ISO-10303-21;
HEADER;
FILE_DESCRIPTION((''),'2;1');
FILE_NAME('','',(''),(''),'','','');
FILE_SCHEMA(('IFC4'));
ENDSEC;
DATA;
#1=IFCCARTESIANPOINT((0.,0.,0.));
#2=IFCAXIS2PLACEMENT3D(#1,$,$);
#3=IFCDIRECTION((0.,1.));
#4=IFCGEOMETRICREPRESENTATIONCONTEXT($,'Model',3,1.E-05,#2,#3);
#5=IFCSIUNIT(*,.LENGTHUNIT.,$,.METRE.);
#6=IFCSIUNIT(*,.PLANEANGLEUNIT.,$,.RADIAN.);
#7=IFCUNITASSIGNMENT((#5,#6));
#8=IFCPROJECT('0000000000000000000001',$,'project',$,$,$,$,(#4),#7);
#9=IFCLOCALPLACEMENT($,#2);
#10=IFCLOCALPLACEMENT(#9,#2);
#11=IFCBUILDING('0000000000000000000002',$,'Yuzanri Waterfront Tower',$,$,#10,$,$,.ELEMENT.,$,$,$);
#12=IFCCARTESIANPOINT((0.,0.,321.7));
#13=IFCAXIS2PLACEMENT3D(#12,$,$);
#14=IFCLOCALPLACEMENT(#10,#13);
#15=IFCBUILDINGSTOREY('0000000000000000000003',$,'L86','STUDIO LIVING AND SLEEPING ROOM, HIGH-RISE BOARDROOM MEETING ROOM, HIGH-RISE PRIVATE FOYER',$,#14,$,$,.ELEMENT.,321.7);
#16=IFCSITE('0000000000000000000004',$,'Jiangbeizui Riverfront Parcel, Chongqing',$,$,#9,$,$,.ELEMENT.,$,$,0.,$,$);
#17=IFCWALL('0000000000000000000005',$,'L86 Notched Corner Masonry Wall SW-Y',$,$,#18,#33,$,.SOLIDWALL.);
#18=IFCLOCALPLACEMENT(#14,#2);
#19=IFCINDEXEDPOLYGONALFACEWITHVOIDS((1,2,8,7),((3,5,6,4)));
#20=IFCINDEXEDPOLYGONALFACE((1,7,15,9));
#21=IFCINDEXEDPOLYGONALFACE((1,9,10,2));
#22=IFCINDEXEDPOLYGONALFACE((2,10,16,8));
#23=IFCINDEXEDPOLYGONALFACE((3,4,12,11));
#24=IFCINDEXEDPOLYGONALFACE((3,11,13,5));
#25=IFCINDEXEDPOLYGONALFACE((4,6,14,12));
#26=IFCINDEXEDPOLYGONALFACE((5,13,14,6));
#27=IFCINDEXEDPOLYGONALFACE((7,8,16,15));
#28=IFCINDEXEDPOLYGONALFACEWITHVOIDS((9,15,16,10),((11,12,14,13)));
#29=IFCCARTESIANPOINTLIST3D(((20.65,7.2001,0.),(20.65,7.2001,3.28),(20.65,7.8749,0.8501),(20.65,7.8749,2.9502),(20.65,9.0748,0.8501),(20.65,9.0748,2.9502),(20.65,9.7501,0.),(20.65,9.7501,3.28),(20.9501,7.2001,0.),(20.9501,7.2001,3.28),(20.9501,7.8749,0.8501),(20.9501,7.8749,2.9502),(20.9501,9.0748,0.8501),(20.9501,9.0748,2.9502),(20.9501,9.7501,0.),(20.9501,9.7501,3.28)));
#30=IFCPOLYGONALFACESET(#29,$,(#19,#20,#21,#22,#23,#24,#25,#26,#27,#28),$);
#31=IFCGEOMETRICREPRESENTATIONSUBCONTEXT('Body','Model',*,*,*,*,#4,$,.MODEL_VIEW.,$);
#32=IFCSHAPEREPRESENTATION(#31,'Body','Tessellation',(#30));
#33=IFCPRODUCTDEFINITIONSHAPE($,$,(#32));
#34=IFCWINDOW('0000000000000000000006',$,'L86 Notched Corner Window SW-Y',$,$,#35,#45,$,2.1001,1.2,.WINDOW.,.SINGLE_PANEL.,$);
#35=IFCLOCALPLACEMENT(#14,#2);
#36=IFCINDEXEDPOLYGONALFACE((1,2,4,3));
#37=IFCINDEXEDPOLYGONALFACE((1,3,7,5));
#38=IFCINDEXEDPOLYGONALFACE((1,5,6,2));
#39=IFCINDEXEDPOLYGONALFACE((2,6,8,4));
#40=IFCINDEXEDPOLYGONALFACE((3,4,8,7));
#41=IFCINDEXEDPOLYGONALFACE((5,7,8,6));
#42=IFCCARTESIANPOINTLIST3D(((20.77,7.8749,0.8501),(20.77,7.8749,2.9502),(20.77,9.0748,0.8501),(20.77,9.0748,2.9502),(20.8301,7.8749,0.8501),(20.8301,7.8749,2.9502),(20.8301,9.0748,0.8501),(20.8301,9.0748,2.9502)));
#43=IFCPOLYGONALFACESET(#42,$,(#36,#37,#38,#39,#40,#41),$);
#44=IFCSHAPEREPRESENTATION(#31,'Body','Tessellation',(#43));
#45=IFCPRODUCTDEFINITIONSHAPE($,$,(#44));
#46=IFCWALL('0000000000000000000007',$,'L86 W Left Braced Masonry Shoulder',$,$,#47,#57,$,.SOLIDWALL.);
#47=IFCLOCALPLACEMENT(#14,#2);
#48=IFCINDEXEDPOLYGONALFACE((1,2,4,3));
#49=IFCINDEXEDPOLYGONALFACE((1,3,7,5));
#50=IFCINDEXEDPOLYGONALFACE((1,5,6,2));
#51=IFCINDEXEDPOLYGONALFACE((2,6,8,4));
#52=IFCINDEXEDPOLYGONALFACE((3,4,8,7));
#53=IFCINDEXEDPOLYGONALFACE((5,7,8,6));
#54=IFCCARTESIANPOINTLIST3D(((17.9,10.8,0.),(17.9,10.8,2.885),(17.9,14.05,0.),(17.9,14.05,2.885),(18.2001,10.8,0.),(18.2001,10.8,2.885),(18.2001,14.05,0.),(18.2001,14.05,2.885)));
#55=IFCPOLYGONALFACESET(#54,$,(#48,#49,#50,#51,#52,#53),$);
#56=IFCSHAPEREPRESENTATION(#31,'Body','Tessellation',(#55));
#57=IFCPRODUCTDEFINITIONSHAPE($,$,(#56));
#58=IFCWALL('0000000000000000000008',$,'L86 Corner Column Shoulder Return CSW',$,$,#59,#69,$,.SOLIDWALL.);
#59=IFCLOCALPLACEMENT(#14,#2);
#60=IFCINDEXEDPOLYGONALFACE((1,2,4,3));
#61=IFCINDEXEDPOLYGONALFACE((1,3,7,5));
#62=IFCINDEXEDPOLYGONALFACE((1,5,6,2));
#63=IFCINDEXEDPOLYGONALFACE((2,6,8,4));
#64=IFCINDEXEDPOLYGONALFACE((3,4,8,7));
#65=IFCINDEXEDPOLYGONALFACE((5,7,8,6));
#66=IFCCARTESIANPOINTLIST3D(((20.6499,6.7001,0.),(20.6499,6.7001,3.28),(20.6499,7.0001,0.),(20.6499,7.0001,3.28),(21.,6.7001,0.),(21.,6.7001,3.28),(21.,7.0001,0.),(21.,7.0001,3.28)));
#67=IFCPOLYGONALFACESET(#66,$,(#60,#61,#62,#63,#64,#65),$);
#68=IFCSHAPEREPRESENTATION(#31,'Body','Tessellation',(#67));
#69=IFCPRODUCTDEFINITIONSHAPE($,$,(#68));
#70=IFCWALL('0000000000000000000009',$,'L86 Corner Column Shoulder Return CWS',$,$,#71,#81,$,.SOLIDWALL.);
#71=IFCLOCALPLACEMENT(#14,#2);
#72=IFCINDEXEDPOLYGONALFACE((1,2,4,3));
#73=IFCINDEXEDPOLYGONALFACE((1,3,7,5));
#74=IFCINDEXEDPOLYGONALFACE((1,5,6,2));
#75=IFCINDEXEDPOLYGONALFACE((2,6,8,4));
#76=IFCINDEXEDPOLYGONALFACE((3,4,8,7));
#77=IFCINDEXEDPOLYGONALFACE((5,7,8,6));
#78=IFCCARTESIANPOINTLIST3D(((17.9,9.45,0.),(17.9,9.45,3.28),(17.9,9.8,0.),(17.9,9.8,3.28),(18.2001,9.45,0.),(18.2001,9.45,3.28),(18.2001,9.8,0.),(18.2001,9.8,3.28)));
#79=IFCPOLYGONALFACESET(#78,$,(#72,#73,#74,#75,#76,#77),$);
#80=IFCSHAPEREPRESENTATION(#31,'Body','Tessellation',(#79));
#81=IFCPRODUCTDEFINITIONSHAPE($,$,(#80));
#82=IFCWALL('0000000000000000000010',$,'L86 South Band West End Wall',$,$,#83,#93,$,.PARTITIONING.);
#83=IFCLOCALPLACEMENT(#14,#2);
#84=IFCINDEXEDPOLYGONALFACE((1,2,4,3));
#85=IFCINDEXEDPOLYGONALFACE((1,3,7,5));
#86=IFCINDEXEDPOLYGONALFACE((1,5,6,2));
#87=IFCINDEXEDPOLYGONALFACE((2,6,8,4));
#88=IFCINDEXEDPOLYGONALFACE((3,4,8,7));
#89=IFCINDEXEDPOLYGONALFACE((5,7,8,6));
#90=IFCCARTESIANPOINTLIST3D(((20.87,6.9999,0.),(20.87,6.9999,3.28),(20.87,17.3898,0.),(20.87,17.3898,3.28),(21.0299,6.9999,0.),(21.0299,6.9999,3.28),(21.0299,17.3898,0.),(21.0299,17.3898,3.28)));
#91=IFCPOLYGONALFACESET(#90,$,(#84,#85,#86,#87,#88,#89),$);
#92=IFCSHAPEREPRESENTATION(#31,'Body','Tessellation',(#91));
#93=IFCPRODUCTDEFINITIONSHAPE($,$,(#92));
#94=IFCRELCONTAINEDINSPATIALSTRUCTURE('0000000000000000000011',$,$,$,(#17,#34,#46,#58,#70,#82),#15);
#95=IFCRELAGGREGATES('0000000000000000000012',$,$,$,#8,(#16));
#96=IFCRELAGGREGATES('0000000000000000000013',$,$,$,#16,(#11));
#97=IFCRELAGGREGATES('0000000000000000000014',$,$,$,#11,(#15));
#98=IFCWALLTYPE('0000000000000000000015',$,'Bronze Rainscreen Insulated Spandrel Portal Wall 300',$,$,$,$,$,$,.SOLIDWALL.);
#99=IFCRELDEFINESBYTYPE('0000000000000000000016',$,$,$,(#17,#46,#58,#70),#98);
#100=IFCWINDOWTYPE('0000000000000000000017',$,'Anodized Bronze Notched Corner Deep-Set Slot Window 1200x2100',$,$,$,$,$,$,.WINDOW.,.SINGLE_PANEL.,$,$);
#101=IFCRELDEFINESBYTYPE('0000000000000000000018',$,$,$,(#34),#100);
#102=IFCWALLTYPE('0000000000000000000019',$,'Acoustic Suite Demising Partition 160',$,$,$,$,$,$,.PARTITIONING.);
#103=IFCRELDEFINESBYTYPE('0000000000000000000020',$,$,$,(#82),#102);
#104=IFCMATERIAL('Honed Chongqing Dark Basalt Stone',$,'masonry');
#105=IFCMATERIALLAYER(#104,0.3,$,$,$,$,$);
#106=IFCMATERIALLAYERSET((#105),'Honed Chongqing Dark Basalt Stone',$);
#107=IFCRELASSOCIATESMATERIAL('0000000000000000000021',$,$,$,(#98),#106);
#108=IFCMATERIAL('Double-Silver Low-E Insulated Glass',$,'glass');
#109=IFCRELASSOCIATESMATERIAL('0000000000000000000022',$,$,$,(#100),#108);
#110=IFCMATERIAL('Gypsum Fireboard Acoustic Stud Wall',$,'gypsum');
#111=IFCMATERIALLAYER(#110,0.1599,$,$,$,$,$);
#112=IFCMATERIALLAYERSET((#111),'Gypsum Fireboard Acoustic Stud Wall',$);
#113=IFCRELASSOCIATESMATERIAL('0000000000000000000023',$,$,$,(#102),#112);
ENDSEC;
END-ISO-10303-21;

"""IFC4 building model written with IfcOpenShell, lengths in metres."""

from ifc_helpers import new_model, si_unit, direction, frame, frame_2d, origin, place, context, subcontext, project, spatial, rectangle, extrude, source, transform, mapped, material, layer, layer_set, type_object, element, fill, save


model = new_model("IFC4")

# Units and contexts
model_context = context("Model", 3, precision=1e-05, world=origin(), true_north=direction((0.0, 1.0)))
body_context = subcontext(model_context, "Body", "Model", "MODEL_VIEW")
ifc_project = project(units=[si_unit("LENGTHUNIT", "METRE"), si_unit("PLANEANGLEUNIT", "RADIAN")], contexts=[model_context])

# Site, building, storey
site_placement = place(None, origin())
site = spatial("IfcSite", under=ifc_project, at=site_placement, Name="Jiangbeizui Riverfront Parcel, Chongqing", CompositionType="ELEMENT", RefElevation=0.0)
building_placement = place(site_placement, origin())
building = spatial("IfcBuilding", under=site, at=building_placement, Name="Yuzanri Waterfront Tower", CompositionType="ELEMENT")
storey_placement = place(building_placement, frame((0.0, 0.0, 321.7)))
storey = spatial("IfcBuildingStorey", under=building, at=storey_placement, Name="L86", Description="STUDIO LIVING AND SLEEPING ROOM, HIGH-RISE BOARDROOM MEETING ROOM, HIGH-RISE PRIVATE FOYER", CompositionType="ELEMENT", Elevation=321.7)

# Wall, opening, window
ifc_material_1 = material(Name="Honed Chongqing Dark Basalt Stone", Category="masonry")
ifc_layer_1 = layer(ifc_material_1, 0.3)
ifc_layer_set_1 = layer_set([ifc_layer_1], Name="Honed Chongqing Dark Basalt Stone")
wall_type_1 = type_object("IfcWallType", Name="Bronze Rainscreen Insulated Spandrel Portal Wall 300", PredefinedType="SOLIDWALL", material=ifc_layer_set_1)
wall_1_placement = place(storey_placement, frame((20.8, 9.75, 0.0), z_axis=(0.0, 0.0, 1.0), x_axis=(0.0, -1.0, 0.0)))
wall_1 = element("IfcWall", 1, at=wall_1_placement, inside=storey, type_object=wall_type_1, Name="L86 Notched Corner Masonry Wall SW-Y", PredefinedType="SOLIDWALL", context=body_context, shape_type="SweptSolid", body=[
    extrude(rectangle(XDim=2.55, YDim=0.3, at=frame_2d((1.2749, 0.0))), origin(), (0.0, 0.0, 1.0), 3.28),
])
opening_1_placement = place(wall_1_placement, frame((0.675, 0.0, 0.8501)))
opening_1 = element("IfcOpeningElement", 2, at=opening_1_placement, cuts=wall_1, PredefinedType="OPENING", context=body_context, shape_type="SweptSolid", body=[
    extrude(rectangle(XDim=1.2, YDim=2.1001, at=frame_2d((0.6001, 1.05))), frame((0.0, 0.165, 0.0), z_axis=(0.0, -1.0, 0.0), x_axis=(1.0, 0.0, 0.0)), (0.0, 0.0, 1.0), 0.3298),
])
ifc_material_2 = material(Name="Double-Silver Low-E Insulated Glass", Category="glass")
window_type_1 = type_object("IfcWindowType", Name="Anodized Bronze Notched Corner Deep-Set Slot Window 1200x2100", PartitioningType="SINGLE_PANEL", PredefinedType="WINDOW", material=ifc_material_2)
shared_shape_1 = source(origin(), body_context, "Body", "SweptSolid", [
    extrude(rectangle(XDim=1.2, YDim=2.1001, at=frame_2d((0.6001, 1.05))), frame((0.0, 0.03, 0.0), z_axis=(0.0, -1.0, 0.0), x_axis=(1.0, 0.0, 0.0)), (0.0, 0.0, 1.0), 0.0601),
])
window_1_placement = place(opening_1_placement, origin())
window_1 = element("IfcWindow", 3, at=window_1_placement, inside=storey, type_object=window_type_1, Name="L86 Notched Corner Window SW-Y", OverallHeight=2.1001, OverallWidth=1.2, PartitioningType="SINGLE_PANEL", PredefinedType="WINDOW", context=body_context, shape_type="MappedRepresentation", body=[
    mapped(shared_shape_1, transform((0.0, 0.0, 0.0), scale=1.0)),
])
fill(opening_1, window_1)

# Walls
shared_shape_2 = source(origin(), body_context, "Body", "SweptSolid", [
    extrude(rectangle(XDim=3.25, YDim=0.3, at=frame_2d((1.625, 0.0))), origin(), (0.0, 0.0, 1.0), 2.885),
])
wall_2_placement = place(storey_placement, frame((18.05, 10.8, 0.0), z_axis=(0.0, 0.0, 1.0), x_axis=(0.0, 1.0, 0.0)))
element("IfcWall", 4, at=wall_2_placement, inside=storey, type_object=wall_type_1, Name="L86 W Left Braced Masonry Shoulder", PredefinedType="SOLIDWALL", context=body_context, shape_type="MappedRepresentation", body=[
    mapped(shared_shape_2, transform((0.0, 0.0, 0.0), scale=1.0)),
])
shared_shape_3 = source(origin(), body_context, "Body", "SweptSolid", [
    extrude(rectangle(XDim=0.3501, YDim=0.3, at=frame_2d((0.175, 0.0))), origin(), (0.0, 0.0, 1.0), 3.28),
])
for number, where, z_axis, x_axis, name in (
    (5, (20.6499, 6.8501, 0.0), (0.0, 0.0, 1.0), (1.0, 0.0, 0.0), "L86 Corner Column Shoulder Return CSW"),
    (6, (18.05, 9.45, 0.0), (0.0, 0.0, 1.0), (0.0, 1.0, 0.0), "L86 Corner Column Shoulder Return CWS"),
):
    element("IfcWall", number, at=place(storey_placement, frame(where, z_axis=z_axis, x_axis=x_axis)), inside=storey, type_object=wall_type_1, Name=name, PredefinedType="SOLIDWALL", context=body_context, shape_type="MappedRepresentation", body=[
        mapped(shared_shape_3, transform((0.0, 0.0, 0.0), scale=1.0)),
    ])
ifc_material_3 = material(Name="Gypsum Fireboard Acoustic Stud Wall", Category="gypsum")
ifc_layer_2 = layer(ifc_material_3, 0.1599)
ifc_layer_set_2 = layer_set([ifc_layer_2], Name="Gypsum Fireboard Acoustic Stud Wall")
wall_type_2 = type_object("IfcWallType", Name="Acoustic Suite Demising Partition 160", PredefinedType="PARTITIONING", material=ifc_layer_set_2)
shared_shape_4 = source(origin(), body_context, "Body", "SweptSolid", [
    extrude(rectangle(XDim=10.3899, YDim=0.1599, at=frame_2d((5.1948, 0.0))), origin(), (0.0, 0.0, 1.0), 3.28),
])
wall_3_placement = place(storey_placement, frame((20.95, 7.0, 0.0), z_axis=(0.0, 0.0, 1.0), x_axis=(0.0, 1.0, 0.0)))
element("IfcWall", 7, at=wall_3_placement, inside=storey, type_object=wall_type_2, Name="L86 South Band West End Wall", PredefinedType="PARTITIONING", context=body_context, shape_type="MappedRepresentation", body=[
    mapped(shared_shape_4, transform((0.0, 0.0, 0.0), scale=1.0)),
])

save(model, "model.ifc")
